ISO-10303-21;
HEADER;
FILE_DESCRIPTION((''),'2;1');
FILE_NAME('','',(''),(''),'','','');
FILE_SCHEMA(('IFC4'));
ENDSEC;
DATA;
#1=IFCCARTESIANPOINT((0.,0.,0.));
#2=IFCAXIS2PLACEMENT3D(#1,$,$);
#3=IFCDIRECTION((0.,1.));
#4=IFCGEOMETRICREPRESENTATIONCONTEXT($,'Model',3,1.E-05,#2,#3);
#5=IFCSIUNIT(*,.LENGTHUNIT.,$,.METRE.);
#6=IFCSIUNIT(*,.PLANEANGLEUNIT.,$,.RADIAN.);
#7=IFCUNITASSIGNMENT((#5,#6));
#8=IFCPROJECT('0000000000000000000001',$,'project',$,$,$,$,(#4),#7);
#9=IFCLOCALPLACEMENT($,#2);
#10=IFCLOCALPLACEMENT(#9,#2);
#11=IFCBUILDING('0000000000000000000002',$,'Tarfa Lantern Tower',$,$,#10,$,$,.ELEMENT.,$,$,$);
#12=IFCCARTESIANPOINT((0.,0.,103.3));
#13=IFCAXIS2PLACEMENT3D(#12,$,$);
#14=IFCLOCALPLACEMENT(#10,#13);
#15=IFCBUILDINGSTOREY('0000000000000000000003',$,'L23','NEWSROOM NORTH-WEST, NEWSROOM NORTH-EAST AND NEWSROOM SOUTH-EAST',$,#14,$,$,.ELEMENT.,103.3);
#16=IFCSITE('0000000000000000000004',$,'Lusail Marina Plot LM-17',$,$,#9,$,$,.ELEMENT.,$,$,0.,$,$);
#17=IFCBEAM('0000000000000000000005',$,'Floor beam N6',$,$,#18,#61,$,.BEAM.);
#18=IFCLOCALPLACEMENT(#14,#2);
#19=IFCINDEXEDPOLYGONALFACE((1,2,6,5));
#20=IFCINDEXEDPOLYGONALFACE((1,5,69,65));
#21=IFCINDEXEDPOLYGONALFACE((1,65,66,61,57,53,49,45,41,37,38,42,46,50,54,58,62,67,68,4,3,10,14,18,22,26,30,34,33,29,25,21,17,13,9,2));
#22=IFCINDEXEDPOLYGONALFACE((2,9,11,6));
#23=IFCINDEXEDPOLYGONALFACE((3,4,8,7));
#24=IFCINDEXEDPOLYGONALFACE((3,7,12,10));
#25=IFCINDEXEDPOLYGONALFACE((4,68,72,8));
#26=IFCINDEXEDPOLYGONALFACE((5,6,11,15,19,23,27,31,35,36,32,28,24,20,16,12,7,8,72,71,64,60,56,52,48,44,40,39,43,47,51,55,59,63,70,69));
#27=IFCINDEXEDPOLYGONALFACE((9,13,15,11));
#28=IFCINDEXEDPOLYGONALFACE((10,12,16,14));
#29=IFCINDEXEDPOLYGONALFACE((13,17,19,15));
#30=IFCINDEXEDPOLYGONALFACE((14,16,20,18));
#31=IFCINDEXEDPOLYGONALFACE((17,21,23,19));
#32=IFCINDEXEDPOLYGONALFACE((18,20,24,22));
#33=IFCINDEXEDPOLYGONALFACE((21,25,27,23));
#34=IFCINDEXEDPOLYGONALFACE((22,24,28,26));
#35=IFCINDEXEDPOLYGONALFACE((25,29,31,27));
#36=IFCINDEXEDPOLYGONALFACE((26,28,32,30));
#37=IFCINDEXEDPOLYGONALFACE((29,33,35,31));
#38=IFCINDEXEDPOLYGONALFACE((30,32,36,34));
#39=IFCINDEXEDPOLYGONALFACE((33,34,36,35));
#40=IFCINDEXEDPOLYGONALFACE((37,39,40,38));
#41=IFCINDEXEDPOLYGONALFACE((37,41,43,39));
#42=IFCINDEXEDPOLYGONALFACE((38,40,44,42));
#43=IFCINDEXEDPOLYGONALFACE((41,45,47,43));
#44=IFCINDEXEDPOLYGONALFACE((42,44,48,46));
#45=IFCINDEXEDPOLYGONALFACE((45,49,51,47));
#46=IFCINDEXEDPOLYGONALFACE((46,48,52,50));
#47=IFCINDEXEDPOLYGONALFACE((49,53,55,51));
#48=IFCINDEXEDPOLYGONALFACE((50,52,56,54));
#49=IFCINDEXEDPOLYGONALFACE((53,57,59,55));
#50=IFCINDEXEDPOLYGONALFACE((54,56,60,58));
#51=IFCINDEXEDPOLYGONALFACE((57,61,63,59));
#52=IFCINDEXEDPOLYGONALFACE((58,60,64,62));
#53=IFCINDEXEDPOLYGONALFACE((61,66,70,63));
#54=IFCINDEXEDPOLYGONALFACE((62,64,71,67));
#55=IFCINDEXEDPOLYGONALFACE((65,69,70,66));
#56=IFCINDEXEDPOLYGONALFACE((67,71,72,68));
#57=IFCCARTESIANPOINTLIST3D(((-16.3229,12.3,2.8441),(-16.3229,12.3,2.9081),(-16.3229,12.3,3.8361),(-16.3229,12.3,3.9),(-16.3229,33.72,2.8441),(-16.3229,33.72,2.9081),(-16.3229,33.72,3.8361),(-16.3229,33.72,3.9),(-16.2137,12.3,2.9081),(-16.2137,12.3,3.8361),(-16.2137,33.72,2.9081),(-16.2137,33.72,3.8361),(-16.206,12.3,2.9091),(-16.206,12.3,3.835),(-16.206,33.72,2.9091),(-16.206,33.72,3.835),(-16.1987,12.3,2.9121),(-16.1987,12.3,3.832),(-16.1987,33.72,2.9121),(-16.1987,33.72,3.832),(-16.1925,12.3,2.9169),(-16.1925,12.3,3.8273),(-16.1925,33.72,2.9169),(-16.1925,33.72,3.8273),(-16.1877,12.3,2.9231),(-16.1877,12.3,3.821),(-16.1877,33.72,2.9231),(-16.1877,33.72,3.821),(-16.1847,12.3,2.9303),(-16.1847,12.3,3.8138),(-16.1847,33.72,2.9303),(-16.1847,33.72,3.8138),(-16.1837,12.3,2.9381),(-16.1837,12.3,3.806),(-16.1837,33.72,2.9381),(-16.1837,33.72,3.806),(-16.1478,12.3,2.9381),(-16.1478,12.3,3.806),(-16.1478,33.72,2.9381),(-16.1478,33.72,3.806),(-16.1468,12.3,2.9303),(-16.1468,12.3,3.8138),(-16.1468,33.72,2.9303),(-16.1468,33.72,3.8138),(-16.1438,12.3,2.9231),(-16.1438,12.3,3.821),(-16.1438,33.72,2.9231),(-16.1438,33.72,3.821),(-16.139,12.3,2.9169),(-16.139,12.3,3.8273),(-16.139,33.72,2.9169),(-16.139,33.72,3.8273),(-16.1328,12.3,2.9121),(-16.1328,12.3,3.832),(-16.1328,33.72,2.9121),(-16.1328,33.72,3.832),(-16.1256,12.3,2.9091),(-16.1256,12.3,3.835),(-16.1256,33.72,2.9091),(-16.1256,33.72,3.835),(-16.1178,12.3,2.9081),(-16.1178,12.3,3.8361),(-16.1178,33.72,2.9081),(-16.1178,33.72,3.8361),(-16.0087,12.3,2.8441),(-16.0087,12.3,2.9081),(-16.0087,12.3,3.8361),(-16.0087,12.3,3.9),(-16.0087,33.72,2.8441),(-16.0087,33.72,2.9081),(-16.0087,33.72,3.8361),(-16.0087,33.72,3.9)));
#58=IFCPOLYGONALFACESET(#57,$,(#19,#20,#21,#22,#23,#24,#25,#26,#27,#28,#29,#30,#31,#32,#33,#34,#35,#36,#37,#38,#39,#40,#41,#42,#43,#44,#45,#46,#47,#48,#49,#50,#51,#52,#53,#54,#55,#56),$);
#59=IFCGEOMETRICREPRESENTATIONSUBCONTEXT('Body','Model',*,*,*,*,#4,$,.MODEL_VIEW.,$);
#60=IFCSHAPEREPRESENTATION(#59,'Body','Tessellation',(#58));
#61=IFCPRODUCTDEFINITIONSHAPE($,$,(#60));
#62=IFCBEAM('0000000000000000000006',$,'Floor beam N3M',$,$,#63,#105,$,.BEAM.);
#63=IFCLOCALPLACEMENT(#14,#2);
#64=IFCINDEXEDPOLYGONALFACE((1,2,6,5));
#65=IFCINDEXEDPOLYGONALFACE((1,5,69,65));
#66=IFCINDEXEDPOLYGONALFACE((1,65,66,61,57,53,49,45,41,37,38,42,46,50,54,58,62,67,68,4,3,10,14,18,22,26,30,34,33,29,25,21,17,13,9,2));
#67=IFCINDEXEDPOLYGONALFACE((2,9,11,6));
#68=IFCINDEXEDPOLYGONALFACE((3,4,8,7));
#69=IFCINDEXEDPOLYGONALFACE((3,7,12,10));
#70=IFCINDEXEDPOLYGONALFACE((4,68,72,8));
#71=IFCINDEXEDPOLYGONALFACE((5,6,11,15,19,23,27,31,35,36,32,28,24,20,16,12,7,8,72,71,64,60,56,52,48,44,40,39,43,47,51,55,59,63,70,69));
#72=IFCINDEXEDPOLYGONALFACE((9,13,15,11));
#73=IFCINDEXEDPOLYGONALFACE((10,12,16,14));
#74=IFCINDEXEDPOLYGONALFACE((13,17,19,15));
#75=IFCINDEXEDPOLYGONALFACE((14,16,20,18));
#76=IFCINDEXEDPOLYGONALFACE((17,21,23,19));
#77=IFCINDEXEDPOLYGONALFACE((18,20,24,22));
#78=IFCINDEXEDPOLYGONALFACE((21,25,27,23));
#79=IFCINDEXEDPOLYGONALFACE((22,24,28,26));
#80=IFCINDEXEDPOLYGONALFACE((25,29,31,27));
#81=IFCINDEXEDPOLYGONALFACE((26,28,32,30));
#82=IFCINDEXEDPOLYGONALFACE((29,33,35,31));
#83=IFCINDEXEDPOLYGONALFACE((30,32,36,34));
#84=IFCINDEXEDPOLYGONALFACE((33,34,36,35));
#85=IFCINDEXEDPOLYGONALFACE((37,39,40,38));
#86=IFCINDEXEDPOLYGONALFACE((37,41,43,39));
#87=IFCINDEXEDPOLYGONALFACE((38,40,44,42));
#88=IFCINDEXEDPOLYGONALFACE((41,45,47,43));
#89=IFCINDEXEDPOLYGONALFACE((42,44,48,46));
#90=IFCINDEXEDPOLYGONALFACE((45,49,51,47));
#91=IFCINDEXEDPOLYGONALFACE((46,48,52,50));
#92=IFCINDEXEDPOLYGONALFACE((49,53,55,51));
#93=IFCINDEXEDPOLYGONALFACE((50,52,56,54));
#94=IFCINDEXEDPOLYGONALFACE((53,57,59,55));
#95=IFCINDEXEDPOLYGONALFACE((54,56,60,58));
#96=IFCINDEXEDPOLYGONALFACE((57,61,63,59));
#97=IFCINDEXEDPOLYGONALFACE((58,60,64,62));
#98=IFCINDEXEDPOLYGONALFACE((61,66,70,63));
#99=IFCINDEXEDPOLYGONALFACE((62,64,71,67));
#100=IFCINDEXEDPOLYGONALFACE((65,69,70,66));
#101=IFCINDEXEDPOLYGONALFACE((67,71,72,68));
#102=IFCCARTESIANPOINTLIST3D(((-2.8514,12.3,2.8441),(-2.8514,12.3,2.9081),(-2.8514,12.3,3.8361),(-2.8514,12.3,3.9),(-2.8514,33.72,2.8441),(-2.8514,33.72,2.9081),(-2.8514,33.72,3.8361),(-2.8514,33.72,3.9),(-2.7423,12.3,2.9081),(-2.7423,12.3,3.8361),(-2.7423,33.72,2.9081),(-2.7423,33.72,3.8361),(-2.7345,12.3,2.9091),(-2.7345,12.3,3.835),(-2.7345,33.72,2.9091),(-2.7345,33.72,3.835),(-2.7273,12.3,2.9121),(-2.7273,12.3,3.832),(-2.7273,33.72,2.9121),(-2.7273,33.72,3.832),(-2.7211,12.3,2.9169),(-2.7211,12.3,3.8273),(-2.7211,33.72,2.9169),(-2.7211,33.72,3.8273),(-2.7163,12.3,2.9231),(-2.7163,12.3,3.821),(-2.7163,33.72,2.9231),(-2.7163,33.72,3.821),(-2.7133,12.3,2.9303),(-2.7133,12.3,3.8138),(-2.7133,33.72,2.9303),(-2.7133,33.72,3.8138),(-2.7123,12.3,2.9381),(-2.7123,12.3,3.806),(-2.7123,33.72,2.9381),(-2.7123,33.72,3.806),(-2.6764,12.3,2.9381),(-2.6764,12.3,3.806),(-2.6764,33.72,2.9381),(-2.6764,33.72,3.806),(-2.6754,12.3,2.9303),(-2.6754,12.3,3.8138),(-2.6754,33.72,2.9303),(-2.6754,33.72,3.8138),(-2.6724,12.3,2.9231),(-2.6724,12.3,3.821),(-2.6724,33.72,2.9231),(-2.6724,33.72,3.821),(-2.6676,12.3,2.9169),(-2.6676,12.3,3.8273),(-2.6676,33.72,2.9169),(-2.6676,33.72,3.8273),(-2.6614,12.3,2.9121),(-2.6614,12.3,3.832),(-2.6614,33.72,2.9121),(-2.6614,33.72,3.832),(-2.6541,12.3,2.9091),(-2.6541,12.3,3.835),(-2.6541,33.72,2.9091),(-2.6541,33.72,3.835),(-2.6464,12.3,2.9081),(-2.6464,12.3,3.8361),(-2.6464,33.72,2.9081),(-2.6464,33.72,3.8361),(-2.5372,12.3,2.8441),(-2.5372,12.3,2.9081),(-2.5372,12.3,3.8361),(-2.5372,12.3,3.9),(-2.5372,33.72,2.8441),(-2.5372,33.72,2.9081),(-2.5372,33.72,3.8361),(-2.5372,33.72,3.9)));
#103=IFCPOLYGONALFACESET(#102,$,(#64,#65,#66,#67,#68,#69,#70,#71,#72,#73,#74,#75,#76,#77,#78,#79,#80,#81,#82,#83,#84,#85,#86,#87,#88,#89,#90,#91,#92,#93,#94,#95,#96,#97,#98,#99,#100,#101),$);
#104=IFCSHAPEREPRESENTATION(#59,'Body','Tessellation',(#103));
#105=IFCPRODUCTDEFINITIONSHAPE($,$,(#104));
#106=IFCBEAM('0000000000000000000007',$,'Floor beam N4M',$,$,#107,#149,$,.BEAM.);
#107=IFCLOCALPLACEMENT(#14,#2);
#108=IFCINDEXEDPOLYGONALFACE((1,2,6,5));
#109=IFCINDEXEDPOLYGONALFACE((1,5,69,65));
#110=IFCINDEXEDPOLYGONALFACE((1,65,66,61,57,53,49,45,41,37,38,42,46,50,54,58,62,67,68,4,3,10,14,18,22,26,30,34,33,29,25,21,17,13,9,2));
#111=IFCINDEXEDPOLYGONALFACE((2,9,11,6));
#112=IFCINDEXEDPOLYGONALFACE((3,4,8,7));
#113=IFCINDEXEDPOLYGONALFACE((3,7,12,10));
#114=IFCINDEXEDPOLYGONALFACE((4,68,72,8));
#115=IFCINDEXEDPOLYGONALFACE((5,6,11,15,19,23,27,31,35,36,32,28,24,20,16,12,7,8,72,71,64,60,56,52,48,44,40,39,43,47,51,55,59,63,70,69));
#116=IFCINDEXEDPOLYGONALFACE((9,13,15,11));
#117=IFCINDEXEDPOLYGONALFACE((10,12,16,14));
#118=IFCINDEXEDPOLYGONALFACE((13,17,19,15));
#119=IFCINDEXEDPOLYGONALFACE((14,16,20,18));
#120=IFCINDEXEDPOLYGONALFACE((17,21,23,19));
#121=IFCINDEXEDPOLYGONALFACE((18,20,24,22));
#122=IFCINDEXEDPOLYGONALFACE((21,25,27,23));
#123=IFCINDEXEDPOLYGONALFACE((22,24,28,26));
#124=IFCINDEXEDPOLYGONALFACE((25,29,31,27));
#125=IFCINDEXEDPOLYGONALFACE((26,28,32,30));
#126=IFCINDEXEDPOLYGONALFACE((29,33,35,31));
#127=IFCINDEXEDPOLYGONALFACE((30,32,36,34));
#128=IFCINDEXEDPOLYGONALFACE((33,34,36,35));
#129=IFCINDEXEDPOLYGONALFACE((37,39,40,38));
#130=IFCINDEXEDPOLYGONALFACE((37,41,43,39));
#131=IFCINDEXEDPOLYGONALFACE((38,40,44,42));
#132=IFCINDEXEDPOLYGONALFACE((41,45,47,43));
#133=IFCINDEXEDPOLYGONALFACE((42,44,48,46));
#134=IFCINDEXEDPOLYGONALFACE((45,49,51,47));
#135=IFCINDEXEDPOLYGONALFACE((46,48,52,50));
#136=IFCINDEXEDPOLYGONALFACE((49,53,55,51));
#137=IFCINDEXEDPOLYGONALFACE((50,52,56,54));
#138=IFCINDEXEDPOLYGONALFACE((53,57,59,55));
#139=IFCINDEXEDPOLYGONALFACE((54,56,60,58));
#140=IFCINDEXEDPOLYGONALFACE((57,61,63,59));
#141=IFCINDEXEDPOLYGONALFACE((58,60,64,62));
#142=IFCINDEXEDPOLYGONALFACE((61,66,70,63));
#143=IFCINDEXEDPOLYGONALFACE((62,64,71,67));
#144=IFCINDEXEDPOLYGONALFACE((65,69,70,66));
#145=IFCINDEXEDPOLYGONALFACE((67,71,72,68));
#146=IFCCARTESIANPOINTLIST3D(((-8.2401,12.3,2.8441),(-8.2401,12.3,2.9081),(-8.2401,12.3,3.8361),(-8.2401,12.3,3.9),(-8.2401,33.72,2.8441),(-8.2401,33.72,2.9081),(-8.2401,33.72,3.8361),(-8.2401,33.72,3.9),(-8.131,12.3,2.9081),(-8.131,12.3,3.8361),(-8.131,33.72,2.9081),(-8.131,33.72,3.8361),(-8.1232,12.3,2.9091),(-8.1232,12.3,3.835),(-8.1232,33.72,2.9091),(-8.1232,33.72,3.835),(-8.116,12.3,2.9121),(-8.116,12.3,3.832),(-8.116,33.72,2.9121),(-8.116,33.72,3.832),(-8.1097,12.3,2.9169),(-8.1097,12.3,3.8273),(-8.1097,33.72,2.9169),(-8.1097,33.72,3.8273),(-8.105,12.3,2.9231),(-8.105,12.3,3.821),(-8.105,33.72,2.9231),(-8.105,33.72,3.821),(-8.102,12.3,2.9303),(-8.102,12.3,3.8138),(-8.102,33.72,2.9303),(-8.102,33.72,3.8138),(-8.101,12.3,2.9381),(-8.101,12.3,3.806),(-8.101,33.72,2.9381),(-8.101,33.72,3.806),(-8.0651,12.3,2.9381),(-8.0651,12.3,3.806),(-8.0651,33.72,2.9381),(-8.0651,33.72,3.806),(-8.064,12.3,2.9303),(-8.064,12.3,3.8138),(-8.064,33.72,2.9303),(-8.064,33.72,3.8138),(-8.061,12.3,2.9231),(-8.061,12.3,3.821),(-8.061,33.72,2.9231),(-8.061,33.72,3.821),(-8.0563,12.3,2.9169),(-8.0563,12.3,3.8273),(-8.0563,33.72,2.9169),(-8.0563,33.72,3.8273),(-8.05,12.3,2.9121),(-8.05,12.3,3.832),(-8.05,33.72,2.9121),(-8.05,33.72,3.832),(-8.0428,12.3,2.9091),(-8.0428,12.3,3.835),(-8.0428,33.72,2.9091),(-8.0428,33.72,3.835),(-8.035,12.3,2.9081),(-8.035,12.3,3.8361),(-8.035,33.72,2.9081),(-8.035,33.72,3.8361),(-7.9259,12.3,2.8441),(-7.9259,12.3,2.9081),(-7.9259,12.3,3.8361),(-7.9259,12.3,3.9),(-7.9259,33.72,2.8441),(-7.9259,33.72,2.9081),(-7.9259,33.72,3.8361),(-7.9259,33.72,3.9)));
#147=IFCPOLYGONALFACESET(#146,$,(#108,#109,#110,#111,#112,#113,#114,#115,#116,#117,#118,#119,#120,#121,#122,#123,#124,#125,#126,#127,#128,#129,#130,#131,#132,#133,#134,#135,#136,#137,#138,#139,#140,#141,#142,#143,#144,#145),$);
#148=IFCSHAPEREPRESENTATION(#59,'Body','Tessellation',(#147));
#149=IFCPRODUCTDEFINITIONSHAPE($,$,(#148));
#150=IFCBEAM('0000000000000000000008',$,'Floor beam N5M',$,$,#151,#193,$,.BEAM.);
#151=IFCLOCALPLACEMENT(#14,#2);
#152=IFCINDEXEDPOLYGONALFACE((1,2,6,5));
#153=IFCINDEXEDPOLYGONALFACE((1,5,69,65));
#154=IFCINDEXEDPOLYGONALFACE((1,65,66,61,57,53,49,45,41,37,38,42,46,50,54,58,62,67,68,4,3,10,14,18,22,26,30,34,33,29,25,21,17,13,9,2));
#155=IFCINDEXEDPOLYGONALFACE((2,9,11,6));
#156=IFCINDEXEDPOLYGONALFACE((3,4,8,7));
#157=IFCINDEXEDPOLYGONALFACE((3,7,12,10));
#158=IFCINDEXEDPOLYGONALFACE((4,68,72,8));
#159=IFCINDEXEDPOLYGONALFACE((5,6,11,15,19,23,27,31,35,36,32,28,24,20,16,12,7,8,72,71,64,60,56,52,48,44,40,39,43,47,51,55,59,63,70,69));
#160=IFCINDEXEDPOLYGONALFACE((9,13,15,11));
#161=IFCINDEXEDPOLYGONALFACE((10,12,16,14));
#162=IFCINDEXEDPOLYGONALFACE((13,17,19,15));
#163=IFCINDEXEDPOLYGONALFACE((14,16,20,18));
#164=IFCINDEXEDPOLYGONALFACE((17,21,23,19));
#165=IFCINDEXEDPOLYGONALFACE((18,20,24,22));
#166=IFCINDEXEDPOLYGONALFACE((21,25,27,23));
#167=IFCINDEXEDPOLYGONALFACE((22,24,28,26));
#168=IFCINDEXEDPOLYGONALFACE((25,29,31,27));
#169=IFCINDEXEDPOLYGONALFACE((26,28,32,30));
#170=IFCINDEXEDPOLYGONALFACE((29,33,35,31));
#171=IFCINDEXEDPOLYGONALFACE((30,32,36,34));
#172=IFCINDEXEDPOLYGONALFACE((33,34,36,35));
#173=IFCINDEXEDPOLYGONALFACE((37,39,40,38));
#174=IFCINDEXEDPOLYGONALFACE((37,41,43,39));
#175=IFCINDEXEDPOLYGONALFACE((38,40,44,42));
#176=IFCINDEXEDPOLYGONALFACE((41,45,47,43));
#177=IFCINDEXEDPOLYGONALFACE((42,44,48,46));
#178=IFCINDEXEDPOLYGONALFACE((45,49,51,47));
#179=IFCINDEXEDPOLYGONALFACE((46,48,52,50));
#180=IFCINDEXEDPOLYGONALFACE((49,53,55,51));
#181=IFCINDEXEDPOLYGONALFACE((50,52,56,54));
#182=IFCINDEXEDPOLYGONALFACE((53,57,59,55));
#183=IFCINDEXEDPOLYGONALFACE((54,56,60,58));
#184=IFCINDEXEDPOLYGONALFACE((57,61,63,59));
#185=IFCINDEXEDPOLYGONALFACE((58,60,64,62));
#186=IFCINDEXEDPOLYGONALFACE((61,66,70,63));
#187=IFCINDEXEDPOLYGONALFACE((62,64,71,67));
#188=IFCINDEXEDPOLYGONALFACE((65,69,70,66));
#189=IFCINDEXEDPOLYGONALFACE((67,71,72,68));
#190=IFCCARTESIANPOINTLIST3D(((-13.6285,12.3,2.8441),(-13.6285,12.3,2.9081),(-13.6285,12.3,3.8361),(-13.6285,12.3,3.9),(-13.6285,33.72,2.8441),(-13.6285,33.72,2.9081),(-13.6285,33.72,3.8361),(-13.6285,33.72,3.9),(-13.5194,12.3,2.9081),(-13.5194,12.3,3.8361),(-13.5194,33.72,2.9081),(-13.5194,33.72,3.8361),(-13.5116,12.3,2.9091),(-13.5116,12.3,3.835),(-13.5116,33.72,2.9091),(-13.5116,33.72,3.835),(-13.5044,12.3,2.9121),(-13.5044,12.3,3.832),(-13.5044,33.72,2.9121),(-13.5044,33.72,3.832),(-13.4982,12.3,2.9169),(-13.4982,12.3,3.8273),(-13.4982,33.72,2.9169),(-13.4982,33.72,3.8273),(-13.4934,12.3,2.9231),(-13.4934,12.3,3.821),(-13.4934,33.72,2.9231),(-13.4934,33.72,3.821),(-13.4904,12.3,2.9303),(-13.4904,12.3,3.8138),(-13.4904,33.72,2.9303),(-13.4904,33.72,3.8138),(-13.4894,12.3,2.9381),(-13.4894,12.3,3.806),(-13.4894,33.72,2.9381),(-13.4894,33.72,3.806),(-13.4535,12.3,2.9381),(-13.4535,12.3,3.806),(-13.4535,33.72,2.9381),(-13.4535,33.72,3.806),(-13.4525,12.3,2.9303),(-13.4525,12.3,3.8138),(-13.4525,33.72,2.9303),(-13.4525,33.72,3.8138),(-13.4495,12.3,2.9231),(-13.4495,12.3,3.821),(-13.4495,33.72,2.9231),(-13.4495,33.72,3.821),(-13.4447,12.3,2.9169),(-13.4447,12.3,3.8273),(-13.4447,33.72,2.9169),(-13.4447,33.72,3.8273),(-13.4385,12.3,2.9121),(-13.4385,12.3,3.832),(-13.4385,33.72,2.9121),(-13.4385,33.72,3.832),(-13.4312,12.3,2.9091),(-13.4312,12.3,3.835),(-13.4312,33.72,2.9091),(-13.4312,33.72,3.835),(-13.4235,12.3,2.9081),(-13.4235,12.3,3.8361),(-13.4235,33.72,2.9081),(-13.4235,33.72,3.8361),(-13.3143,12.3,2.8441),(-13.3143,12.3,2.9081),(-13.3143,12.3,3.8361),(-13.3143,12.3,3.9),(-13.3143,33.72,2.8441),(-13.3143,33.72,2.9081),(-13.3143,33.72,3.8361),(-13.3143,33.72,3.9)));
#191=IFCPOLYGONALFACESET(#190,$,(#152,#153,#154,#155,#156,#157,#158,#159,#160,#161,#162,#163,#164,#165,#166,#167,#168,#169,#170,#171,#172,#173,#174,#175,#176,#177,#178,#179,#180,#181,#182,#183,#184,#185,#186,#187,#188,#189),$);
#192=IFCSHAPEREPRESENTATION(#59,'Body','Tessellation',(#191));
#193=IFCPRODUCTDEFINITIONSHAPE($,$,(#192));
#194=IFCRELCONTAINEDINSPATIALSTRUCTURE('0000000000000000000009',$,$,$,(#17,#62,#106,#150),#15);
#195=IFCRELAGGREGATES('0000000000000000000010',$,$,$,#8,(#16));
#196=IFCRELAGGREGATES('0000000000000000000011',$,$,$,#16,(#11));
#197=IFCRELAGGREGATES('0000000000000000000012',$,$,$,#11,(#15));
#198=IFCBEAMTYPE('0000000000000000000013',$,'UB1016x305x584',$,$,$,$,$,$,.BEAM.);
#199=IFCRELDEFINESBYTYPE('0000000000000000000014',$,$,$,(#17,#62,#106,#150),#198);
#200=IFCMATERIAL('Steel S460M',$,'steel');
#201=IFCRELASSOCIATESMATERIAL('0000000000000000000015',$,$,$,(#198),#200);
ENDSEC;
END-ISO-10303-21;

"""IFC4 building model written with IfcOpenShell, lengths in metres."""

from ifc_helpers import new_model, si_unit, direction, frame, origin, origin_2d, place, context, subcontext, project, spatial, i_section, extrude, material, material_profile, profile_set, type_object, element, save


model = new_model("IFC4")

# Units and contexts
model_context = context("Model", 3, precision=1e-05, world=origin(), true_north=direction((0.0, 1.0)))
body_context = subcontext(model_context, "Body", "Model", "MODEL_VIEW")
ifc_project = project(units=[si_unit("LENGTHUNIT", "METRE"), si_unit("PLANEANGLEUNIT", "RADIAN")], contexts=[model_context])

# Site, building, storey
site_placement = place(None, origin())
site = spatial("IfcSite", under=ifc_project, at=site_placement, Name="Lusail Marina Plot LM-17", CompositionType="ELEMENT", RefElevation=0.0)
building_placement = place(site_placement, origin())
building = spatial("IfcBuilding", under=site, at=building_placement, Name="Tarfa Lantern Tower", CompositionType="ELEMENT")
storey_placement = place(building_placement, frame((0.0, 0.0, 103.3)))
storey = spatial("IfcBuildingStorey", under=building, at=storey_placement, Name="L23", Description="NEWSROOM NORTH-WEST, NEWSROOM NORTH-EAST AND NEWSROOM SOUTH-EAST", CompositionType="ELEMENT", Elevation=103.3)

# Beams
ifc_material_1 = material(Name="Steel S460M", Category="steel")
ifc_material_profile_1 = material_profile(ifc_material_1, i_section(OverallWidth=0.3142, OverallDepth=1.0559, WebThickness=0.0359, FlangeThickness=0.064, FilletRadius=0.03, at=origin_2d()), Name="UB1016x305x584")
ifc_profile_set_1 = profile_set([ifc_material_profile_1], Name="Steel S460M")
beam_type_1 = type_object("IfcBeamType", Name="UB1016x305x584", PredefinedType="BEAM", material=ifc_profile_set_1)
for number, where, z_axis, x_axis, name in (
    (1, (-16.1658, 33.72, 3.3721), (0.0, -1.0, 0.0), (1.0, 0.0, 0.0), "Floor beam N6"),
    (2, (-2.6943, 33.72, 3.3721), (0.0, -1.0, 0.0), (1.0, 0.0, 0.0), "Floor beam N3M"),
    (3, (-8.083, 33.72, 3.3721), (0.0, -1.0, 0.0), (1.0, 0.0, 0.0), "Floor beam N4M"),
    (4, (-13.4714, 33.72, 3.3721), (0.0, -1.0, 0.0), (1.0, 0.0, 0.0), "Floor beam N5M"),
):
    element("IfcBeam", number, at=place(storey_placement, frame(where, z_axis=z_axis, x_axis=x_axis)), inside=storey, type_object=beam_type_1, Name=name, PredefinedType="BEAM", context=body_context, shape_type="SweptSolid", body=[
        extrude(i_section(OverallWidth=0.3142, OverallDepth=1.0559, WebThickness=0.0359, FlangeThickness=0.064, FilletRadius=0.03, at=origin_2d()), origin(), (0.0, 0.0, 1.0), 21.4199),
    ])

save(model, "model.ifc")
